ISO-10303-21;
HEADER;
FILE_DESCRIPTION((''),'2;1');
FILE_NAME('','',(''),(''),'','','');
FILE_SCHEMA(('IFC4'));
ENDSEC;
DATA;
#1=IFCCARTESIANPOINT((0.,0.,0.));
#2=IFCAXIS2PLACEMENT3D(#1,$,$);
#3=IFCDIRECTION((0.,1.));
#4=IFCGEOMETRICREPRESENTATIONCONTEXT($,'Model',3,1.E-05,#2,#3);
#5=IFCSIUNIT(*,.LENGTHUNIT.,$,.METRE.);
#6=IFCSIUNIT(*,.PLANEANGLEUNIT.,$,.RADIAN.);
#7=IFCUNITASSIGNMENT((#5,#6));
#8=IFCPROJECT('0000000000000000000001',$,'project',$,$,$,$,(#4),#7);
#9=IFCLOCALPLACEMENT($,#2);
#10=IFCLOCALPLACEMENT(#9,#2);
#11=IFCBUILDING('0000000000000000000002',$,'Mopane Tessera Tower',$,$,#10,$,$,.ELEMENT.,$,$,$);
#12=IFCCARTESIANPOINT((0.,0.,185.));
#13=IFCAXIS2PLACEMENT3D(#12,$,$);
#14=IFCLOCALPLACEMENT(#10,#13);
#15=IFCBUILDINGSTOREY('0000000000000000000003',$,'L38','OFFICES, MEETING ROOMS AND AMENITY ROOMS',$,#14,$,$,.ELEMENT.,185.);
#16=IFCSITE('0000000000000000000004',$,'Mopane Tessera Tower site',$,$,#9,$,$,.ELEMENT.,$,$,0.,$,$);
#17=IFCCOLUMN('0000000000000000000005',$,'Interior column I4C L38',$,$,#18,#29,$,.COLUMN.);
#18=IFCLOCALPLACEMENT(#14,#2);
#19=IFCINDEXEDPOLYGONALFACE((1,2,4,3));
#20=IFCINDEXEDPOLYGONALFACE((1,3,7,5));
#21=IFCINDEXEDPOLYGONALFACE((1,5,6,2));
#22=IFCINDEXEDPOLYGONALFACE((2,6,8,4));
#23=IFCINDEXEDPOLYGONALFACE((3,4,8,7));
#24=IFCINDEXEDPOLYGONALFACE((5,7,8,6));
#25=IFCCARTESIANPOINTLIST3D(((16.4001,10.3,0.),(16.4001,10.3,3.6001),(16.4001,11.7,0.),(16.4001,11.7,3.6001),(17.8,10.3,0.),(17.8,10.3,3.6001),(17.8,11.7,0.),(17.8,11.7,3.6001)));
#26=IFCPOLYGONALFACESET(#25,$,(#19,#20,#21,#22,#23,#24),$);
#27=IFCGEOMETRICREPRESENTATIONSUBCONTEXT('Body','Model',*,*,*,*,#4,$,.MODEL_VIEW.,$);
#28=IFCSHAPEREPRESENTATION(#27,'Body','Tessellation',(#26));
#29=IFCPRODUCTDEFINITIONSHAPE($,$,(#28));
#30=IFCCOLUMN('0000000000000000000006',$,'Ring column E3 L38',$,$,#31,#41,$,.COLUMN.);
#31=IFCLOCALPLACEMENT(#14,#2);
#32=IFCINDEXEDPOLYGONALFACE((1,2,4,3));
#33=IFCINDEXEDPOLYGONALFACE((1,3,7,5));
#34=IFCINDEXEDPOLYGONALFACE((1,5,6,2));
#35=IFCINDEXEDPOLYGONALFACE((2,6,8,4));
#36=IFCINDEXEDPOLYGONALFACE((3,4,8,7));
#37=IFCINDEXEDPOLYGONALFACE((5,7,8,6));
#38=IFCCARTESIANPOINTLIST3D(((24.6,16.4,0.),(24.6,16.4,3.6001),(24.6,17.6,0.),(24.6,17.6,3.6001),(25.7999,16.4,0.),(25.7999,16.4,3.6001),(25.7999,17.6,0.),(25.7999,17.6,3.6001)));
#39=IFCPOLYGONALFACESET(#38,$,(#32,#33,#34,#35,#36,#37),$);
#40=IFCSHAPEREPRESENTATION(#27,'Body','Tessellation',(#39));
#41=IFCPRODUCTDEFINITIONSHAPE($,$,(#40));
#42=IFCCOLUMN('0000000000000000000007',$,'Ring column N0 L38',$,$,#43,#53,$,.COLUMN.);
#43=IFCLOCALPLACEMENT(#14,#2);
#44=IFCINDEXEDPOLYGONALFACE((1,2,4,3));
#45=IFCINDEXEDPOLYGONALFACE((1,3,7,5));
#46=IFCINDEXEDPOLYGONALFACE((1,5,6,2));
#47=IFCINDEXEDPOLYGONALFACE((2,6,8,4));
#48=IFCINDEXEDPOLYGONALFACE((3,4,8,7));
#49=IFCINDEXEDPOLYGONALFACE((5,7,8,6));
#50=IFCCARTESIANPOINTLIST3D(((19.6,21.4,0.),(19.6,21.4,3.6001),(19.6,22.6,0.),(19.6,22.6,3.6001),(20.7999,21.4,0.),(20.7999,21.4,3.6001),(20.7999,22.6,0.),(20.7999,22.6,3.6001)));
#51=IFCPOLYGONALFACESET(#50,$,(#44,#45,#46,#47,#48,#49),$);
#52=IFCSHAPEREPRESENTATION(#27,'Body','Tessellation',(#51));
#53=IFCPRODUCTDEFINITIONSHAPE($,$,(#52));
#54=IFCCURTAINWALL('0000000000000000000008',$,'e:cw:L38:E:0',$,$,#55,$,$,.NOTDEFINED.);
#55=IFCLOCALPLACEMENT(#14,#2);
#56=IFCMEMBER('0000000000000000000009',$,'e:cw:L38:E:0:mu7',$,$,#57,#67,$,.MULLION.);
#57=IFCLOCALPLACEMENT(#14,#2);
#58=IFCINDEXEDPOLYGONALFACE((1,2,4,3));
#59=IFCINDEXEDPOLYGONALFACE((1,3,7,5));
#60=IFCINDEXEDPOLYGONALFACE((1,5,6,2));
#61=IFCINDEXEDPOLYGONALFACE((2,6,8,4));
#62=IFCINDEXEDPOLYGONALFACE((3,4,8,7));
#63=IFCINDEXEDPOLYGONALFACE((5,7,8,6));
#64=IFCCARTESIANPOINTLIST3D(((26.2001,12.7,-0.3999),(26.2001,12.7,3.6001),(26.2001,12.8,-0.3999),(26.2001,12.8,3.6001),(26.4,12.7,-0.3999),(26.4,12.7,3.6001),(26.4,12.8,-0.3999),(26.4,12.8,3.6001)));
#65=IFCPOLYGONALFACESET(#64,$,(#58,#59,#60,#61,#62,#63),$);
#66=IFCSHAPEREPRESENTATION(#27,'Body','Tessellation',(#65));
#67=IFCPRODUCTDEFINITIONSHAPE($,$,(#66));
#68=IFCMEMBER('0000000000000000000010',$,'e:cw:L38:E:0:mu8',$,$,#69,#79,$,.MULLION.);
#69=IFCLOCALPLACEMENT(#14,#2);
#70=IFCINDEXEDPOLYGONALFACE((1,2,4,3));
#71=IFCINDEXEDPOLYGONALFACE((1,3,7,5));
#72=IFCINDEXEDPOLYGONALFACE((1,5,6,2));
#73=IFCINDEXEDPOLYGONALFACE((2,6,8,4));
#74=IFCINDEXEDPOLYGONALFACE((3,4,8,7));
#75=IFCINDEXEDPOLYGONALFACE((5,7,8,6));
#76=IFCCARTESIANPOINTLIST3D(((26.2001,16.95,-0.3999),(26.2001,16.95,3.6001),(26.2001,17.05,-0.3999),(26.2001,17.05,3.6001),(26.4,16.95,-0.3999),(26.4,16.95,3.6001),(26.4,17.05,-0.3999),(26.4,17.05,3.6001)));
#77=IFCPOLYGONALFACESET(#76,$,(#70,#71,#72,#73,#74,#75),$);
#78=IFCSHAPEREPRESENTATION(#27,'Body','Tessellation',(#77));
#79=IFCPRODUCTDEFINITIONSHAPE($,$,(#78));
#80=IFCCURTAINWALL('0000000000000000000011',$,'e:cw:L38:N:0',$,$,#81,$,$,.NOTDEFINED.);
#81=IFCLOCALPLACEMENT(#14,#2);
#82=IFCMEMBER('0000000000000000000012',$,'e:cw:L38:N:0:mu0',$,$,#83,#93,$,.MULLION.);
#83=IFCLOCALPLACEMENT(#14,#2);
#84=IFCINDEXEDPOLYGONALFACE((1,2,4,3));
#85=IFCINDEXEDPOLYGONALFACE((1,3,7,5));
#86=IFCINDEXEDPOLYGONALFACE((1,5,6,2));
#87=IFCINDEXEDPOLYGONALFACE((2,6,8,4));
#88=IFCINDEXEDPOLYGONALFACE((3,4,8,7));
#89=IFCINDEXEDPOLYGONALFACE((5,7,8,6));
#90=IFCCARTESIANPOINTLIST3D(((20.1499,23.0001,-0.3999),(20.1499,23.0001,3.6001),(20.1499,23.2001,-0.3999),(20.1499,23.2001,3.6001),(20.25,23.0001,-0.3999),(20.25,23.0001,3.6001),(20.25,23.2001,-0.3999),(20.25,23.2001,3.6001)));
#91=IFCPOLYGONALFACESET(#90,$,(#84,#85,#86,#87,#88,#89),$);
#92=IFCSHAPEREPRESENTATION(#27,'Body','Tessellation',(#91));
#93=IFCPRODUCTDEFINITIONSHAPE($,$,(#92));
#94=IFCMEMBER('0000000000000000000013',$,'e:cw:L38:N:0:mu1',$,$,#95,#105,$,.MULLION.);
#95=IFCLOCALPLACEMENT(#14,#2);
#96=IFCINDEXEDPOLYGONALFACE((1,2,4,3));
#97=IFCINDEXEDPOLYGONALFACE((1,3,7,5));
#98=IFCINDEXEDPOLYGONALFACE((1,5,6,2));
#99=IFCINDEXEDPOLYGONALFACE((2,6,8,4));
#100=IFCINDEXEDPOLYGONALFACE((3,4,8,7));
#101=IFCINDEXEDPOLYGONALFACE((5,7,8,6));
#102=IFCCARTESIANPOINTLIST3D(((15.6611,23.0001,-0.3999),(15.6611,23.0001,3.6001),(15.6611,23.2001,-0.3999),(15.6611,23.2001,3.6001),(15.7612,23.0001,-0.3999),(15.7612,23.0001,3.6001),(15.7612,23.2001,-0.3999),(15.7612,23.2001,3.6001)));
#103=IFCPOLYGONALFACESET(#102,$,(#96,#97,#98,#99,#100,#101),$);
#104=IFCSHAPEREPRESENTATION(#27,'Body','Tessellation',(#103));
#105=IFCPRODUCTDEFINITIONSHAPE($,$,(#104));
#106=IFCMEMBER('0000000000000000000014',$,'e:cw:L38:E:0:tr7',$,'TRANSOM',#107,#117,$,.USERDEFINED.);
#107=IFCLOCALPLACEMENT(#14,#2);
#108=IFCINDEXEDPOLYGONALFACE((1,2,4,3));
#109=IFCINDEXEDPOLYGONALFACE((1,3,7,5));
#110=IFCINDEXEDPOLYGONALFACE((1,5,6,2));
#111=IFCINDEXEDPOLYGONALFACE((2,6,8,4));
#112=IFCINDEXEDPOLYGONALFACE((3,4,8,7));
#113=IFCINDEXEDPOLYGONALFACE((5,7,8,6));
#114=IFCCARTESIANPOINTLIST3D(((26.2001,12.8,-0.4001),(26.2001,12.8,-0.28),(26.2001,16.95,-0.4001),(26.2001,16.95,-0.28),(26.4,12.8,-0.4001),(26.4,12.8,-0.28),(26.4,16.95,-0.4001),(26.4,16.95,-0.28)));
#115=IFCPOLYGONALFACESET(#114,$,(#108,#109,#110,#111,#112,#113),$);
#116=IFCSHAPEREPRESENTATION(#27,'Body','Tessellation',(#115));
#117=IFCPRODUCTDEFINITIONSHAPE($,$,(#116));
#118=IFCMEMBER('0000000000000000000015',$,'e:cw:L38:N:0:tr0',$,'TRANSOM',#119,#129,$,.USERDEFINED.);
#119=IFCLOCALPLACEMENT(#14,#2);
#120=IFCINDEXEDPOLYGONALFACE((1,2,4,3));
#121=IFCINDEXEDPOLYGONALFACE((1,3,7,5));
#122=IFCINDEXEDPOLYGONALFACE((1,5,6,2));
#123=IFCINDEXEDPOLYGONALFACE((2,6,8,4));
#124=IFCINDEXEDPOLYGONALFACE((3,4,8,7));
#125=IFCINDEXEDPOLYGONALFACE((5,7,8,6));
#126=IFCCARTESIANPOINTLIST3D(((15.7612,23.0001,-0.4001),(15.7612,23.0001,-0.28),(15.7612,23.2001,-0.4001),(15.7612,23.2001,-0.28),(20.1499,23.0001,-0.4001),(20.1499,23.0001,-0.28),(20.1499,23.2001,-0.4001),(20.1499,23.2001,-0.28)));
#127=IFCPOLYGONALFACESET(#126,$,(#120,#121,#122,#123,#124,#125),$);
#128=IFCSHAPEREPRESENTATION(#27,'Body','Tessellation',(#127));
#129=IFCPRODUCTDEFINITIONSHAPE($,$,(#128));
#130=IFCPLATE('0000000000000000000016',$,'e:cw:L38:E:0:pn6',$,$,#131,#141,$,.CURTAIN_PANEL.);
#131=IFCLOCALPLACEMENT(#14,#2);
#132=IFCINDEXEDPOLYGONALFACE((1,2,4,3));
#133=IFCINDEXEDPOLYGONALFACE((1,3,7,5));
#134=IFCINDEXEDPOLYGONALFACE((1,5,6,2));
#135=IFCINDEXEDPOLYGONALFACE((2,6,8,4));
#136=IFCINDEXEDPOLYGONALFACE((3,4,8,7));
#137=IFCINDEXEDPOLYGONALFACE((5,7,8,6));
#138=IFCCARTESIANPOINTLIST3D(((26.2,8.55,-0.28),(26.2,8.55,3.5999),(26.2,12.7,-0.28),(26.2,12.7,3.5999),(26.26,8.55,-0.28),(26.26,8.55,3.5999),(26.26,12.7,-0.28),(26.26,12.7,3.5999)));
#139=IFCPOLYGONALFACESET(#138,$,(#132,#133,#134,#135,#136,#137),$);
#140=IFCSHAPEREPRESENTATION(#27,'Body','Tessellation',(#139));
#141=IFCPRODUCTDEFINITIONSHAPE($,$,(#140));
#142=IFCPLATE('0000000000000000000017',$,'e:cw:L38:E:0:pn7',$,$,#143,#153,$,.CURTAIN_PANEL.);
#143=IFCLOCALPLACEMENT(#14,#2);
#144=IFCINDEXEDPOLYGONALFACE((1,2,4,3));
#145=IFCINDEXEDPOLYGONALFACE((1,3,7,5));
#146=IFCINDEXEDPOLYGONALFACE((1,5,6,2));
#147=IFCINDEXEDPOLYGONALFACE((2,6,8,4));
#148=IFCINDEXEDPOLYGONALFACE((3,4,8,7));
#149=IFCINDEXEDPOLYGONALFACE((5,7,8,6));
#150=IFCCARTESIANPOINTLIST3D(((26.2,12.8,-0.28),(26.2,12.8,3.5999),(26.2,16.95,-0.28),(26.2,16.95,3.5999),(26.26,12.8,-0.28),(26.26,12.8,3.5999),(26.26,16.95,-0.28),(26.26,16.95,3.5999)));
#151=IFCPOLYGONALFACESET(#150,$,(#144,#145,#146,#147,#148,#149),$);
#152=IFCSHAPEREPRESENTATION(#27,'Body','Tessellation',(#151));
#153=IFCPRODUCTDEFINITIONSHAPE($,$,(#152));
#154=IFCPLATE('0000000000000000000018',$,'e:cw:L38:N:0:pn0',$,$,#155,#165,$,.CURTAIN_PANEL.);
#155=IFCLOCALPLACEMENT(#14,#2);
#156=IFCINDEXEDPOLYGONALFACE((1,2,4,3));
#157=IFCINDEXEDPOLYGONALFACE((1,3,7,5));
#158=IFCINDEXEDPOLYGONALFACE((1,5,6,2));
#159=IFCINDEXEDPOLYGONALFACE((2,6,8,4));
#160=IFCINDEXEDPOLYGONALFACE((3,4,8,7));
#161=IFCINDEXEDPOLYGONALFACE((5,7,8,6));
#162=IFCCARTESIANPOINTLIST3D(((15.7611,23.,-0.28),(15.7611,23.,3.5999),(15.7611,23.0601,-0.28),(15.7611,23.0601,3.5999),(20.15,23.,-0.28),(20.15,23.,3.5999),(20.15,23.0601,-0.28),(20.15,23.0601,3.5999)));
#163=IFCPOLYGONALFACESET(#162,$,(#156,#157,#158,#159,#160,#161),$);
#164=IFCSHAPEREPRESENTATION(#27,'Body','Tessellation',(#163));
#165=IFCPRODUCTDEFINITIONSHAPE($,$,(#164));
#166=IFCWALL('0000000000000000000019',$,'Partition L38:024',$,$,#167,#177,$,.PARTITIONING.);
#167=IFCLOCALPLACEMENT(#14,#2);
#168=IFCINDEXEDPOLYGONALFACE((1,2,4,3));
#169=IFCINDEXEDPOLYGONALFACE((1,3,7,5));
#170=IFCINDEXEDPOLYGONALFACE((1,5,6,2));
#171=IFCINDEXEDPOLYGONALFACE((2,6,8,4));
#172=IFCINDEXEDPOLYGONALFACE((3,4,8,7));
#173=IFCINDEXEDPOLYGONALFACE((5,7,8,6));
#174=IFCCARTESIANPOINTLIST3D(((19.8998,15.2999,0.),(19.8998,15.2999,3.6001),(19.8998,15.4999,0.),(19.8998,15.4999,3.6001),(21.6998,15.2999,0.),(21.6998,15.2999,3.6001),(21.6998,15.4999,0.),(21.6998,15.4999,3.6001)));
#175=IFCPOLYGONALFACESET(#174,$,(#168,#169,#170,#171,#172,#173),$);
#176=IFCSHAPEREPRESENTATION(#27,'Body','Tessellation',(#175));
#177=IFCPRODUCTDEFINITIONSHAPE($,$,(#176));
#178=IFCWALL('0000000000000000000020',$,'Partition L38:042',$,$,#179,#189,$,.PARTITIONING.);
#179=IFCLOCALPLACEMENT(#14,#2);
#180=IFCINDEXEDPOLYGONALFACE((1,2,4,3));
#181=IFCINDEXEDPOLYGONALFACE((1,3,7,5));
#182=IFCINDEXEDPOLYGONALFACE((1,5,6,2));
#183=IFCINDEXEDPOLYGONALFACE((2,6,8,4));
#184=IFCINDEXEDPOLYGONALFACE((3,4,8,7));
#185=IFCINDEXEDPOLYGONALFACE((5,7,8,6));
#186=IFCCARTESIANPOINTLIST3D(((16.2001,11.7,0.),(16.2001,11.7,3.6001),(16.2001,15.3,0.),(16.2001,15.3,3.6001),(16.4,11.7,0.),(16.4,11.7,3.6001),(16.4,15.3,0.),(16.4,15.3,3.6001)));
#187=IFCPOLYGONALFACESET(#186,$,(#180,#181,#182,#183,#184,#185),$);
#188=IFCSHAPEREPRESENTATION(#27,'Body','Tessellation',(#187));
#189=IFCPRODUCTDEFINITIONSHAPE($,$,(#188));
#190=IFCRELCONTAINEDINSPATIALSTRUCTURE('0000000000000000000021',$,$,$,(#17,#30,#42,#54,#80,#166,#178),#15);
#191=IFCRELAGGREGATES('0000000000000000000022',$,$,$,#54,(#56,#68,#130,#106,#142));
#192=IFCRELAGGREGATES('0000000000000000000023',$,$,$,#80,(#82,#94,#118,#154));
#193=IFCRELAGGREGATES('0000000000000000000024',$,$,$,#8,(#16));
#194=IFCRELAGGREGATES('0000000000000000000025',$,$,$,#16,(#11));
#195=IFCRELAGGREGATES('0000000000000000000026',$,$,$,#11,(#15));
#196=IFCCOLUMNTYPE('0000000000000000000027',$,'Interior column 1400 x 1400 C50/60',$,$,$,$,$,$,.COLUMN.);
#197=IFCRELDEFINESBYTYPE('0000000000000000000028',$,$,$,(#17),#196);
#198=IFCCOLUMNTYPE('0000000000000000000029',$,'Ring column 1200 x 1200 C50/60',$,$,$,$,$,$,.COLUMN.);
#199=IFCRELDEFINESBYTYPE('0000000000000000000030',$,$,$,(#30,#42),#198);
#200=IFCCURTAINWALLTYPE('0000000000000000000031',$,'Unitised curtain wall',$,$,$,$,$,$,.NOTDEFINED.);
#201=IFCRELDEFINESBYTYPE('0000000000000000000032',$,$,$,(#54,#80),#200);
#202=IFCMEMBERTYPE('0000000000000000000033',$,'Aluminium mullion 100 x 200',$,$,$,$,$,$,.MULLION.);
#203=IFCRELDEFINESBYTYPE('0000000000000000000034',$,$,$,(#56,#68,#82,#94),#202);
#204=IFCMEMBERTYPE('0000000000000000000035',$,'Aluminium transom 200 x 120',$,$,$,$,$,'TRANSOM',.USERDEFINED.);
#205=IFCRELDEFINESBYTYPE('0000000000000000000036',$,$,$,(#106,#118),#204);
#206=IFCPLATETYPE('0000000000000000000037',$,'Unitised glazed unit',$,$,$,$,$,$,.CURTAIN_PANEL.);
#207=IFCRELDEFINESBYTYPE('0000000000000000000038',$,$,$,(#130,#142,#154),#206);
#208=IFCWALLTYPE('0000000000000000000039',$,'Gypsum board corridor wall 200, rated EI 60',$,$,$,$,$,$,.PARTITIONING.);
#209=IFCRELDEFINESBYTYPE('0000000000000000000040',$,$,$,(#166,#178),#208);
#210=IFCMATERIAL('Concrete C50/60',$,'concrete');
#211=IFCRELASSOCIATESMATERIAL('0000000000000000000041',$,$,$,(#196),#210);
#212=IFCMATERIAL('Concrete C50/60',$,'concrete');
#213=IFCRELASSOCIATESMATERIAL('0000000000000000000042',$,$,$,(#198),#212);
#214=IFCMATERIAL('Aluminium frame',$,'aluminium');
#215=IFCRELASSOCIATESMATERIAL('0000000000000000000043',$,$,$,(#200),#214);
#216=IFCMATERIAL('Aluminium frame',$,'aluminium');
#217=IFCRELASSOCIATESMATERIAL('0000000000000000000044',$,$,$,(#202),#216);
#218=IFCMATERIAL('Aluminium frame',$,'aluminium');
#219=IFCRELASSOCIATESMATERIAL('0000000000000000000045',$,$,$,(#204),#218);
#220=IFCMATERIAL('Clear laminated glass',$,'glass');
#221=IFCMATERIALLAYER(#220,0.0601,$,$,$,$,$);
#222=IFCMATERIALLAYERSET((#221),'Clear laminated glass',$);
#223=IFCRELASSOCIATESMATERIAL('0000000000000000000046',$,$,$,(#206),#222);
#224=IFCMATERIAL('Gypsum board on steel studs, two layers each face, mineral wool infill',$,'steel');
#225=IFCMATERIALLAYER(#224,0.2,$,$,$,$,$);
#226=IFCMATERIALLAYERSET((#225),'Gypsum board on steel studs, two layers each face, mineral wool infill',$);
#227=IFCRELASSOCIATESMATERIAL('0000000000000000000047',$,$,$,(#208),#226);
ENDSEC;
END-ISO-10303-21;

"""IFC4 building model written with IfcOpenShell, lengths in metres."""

from ifc_helpers import new_model, si_unit, direction, frame, frame_2d, origin, origin_2d, place, context, subcontext, project, spatial, rectangle, extrude, material, layer, layer_set, material_profile, profile_set, type_object, element, aggregate, save


model = new_model("IFC4")

# Units and contexts
model_context = context("Model", 3, precision=1e-05, world=origin(), true_north=direction((0.0, 1.0)))
body_context = subcontext(model_context, "Body", "Model", "MODEL_VIEW")
ifc_project = project(units=[si_unit("LENGTHUNIT", "METRE"), si_unit("PLANEANGLEUNIT", "RADIAN")], contexts=[model_context])

# Site, building, storey
site_placement = place(None, origin())
site = spatial("IfcSite", under=ifc_project, at=site_placement, Name="Mopane Tessera Tower site", CompositionType="ELEMENT", RefElevation=0.0)
building_placement = place(site_placement, origin())
building = spatial("IfcBuilding", under=site, at=building_placement, Name="Mopane Tessera Tower", CompositionType="ELEMENT")
storey_placement = place(building_placement, frame((0.0, 0.0, 185.0)))
storey = spatial("IfcBuildingStorey", under=building, at=storey_placement, Name="L38", Description="OFFICES, MEETING ROOMS AND AMENITY ROOMS", CompositionType="ELEMENT", Elevation=185.0)

# Columns
ifc_material_1 = material(Name="Concrete C50/60", Category="concrete")
ifc_material_profile_1 = material_profile(ifc_material_1, rectangle(XDim=1.3999, YDim=1.3999, at=origin_2d()))
ifc_profile_set_1 = profile_set([ifc_material_profile_1], Name="Concrete C50/60")
column_type_1 = type_object("IfcColumnType", Name="Interior column 1400 x 1400 C50/60", PredefinedType="COLUMN", material=ifc_profile_set_1)
column_placement = place(storey_placement, frame((17.1001, 11.0, 0.0), z_axis=(0.0, 0.0, 1.0), x_axis=(1.0, 0.0, 0.0)))
element("IfcColumn", 1, at=column_placement, inside=storey, type_object=column_type_1, Name="Interior column I4C L38", PredefinedType="COLUMN", context=body_context, shape_type="SweptSolid", body=[
    extrude(rectangle(XDim=1.3999, YDim=1.3999, at=origin_2d()), origin(), (0.0, 0.0, 1.0), 3.6001),
])
ifc_material_2 = material(Name="Concrete C50/60", Category="concrete")
ifc_material_profile_2 = material_profile(ifc_material_2, rectangle(XDim=1.2, YDim=1.2, at=origin_2d()))
ifc_profile_set_2 = profile_set([ifc_material_profile_2], Name="Concrete C50/60")
column_type_2 = type_object("IfcColumnType", Name="Ring column 1200 x 1200 C50/60", PredefinedType="COLUMN", material=ifc_profile_set_2)
for number, where, z_axis, x_axis, name in (
    (2, (25.2, 17.0, 0.0), (0.0, 0.0, 1.0), (1.0, 0.0, 0.0), "Ring column E3 L38"),
    (3, (20.2, 22.0, 0.0), (0.0, 0.0, 1.0), (1.0, 0.0, 0.0), "Ring column N0 L38"),
):
    element("IfcColumn", number, at=place(storey_placement, frame(where, z_axis=z_axis, x_axis=x_axis)), inside=storey, type_object=column_type_2, Name=name, PredefinedType="COLUMN", context=body_context, shape_type="SweptSolid", body=[
        extrude(rectangle(XDim=1.2, YDim=1.2, at=origin_2d()), origin(), (0.0, 0.0, 1.0), 3.6001),
    ])

# Curtain walls, members
ifc_material_3 = material(Name="Aluminium frame", Category="aluminium")
curtain_wall_type = type_object("IfcCurtainWallType", Name="Unitised curtain wall", PredefinedType="NOTDEFINED", material=ifc_material_3)
curtain_wall_1_placement = place(storey_placement, origin())
curtain_wall_1 = element("IfcCurtainWall", 4, at=curtain_wall_1_placement, inside=storey, type_object=curtain_wall_type, Name="e:cw:L38:E:0", PredefinedType="NOTDEFINED")
ifc_material_4 = material(Name="Aluminium frame", Category="aluminium")
ifc_material_profile_3 = material_profile(ifc_material_4, rectangle(XDim=0.1001, YDim=0.2, at=origin_2d()))
ifc_profile_set_3 = profile_set([ifc_material_profile_3], Name="Aluminium frame")
member_type_1 = type_object("IfcMemberType", Name="Aluminium mullion 100 x 200", PredefinedType="MULLION", material=ifc_profile_set_3)
member_1_placement = place(storey_placement, frame((26.3, 12.75, -0.3999), z_axis=(0.0, 0.0, 1.0), x_axis=(0.0, 1.0, 0.0)))
member_1 = element("IfcMember", 5, at=member_1_placement, type_object=member_type_1, Name="e:cw:L38:E:0:mu7", PredefinedType="MULLION", context=body_context, shape_type="SweptSolid", body=[
    extrude(rectangle(XDim=0.1001, YDim=0.2, at=origin_2d()), origin(), (0.0, 0.0, 1.0), 4.0),
])
member_2_placement = place(storey_placement, frame((26.3, 17.0, -0.3999), z_axis=(0.0, 0.0, 1.0), x_axis=(0.0, 1.0, 0.0)))
member_2 = element("IfcMember", 6, at=member_2_placement, type_object=member_type_1, Name="e:cw:L38:E:0:mu8", PredefinedType="MULLION", context=body_context, shape_type="SweptSolid", body=[
    extrude(rectangle(XDim=0.1001, YDim=0.2, at=origin_2d()), origin(), (0.0, 0.0, 1.0), 4.0),
])
curtain_wall_2_placement = place(storey_placement, origin())
curtain_wall_2 = element("IfcCurtainWall", 7, at=curtain_wall_2_placement, inside=storey, type_object=curtain_wall_type, Name="e:cw:L38:N:0", PredefinedType="NOTDEFINED")
member_3_placement = place(storey_placement, frame((20.2, 23.1001, -0.3999), z_axis=(0.0, 0.0, 1.0), x_axis=(-1.0, 0.0, 0.0)))
member_3 = element("IfcMember", 8, at=member_3_placement, type_object=member_type_1, Name="e:cw:L38:N:0:mu0", PredefinedType="MULLION", context=body_context, shape_type="SweptSolid", body=[
    extrude(rectangle(XDim=0.1001, YDim=0.2, at=origin_2d()), origin(), (0.0, 0.0, 1.0), 4.0),
])
member_4_placement = place(storey_placement, frame((15.7112, 23.1001, -0.3999), z_axis=(0.0, 0.0, 1.0), x_axis=(-1.0, 0.0, 0.0)))
member_4 = element("IfcMember", 9, at=member_4_placement, type_object=member_type_1, Name="e:cw:L38:N:0:mu1", PredefinedType="MULLION", context=body_context, shape_type="SweptSolid", body=[
    extrude(rectangle(XDim=0.1001, YDim=0.2, at=origin_2d()), origin(), (0.0, 0.0, 1.0), 4.0),
])

# Members
ifc_material_5 = material(Name="Aluminium frame", Category="aluminium")
ifc_material_profile_4 = material_profile(ifc_material_5, rectangle(XDim=0.2, YDim=0.1201, at=origin_2d()))
ifc_profile_set_4 = profile_set([ifc_material_profile_4], Name="Aluminium frame")
member_type_2 = type_object("IfcMemberType", Name="Aluminium transom 200 x 120", ElementType="TRANSOM", PredefinedType="USERDEFINED", material=ifc_profile_set_4)
member_5_placement = place(storey_placement, frame((26.3, 12.8, -0.3401), z_axis=(0.0, 1.0, 0.0), x_axis=(-1.0, 0.0, 0.0)))
member_5 = element("IfcMember", 10, at=member_5_placement, type_object=member_type_2, Name="e:cw:L38:E:0:tr7", ObjectType="TRANSOM", PredefinedType="USERDEFINED", context=body_context, shape_type="SweptSolid", body=[
    extrude(rectangle(XDim=0.2, YDim=0.1201, at=origin_2d()), origin(), (0.0, 0.0, 1.0), 4.1499),
])
member_6_placement = place(storey_placement, frame((20.1499, 23.1001, -0.3401), z_axis=(-1.0, 0.0, 0.0), x_axis=(0.0, -1.0, 0.0)))
member_6 = element("IfcMember", 11, at=member_6_placement, type_object=member_type_2, Name="e:cw:L38:N:0:tr0", ObjectType="TRANSOM", PredefinedType="USERDEFINED", context=body_context, shape_type="SweptSolid", body=[
    extrude(rectangle(XDim=0.2, YDim=0.1201, at=origin_2d()), origin(), (0.0, 0.0, 1.0), 4.3887),
])

# Plates
ifc_material_6 = material(Name="Clear laminated glass", Category="glass")
ifc_layer_1 = layer(ifc_material_6, 0.0601)
ifc_layer_set_1 = layer_set([ifc_layer_1], Name="Clear laminated glass")
plate_type = type_object("IfcPlateType", Name="Unitised glazed unit", PredefinedType="CURTAIN_PANEL", material=ifc_layer_set_1)
plate_1_placement = place(storey_placement, frame((26.23, 10.625, -0.28), z_axis=(0.0, 0.0, 1.0), x_axis=(0.0, 1.0, 0.0)))
plate_1 = element("IfcPlate", 12, at=plate_1_placement, type_object=plate_type, Name="e:cw:L38:E:0:pn6", PredefinedType="CURTAIN_PANEL", context=body_context, shape_type="SweptSolid", body=[
    extrude(rectangle(XDim=4.1499, YDim=0.0601, at=origin_2d()), origin(), (0.0, 0.0, 1.0), 3.8799),
])
plate_2_placement = place(storey_placement, frame((26.23, 14.875, -0.28), z_axis=(0.0, 0.0, 1.0), x_axis=(0.0, 1.0, 0.0)))
plate_2 = element("IfcPlate", 13, at=plate_2_placement, type_object=plate_type, Name="e:cw:L38:E:0:pn7", PredefinedType="CURTAIN_PANEL", context=body_context, shape_type="SweptSolid", body=[
    extrude(rectangle(XDim=4.1499, YDim=0.0601, at=origin_2d()), origin(), (0.0, 0.0, 1.0), 3.8799),
])
aggregate(curtain_wall_1, [member_1, member_2, plate_1, member_5, plate_2])
plate_3_placement = place(storey_placement, frame((17.9556, 23.03, -0.28), z_axis=(0.0, 0.0, 1.0), x_axis=(-1.0, 0.0, 0.0)))
plate_3 = element("IfcPlate", 14, at=plate_3_placement, type_object=plate_type, Name="e:cw:L38:N:0:pn0", PredefinedType="CURTAIN_PANEL", context=body_context, shape_type="SweptSolid", body=[
    extrude(rectangle(XDim=4.3889, YDim=0.0601, at=origin_2d()), origin(), (0.0, 0.0, 1.0), 3.8799),
])
aggregate(curtain_wall_2, [member_3, member_4, member_6, plate_3])

# Walls
ifc_material_7 = material(Name="Gypsum board on steel studs, two layers each face, mineral wool infill", Category="steel")
ifc_layer_2 = layer(ifc_material_7, 0.2)
ifc_layer_set_2 = layer_set([ifc_layer_2], Name="Gypsum board on steel studs, two layers each face, mineral wool infill")
wall_type_1 = type_object("IfcWallType", Name="Gypsum board corridor wall 200, rated EI 60", PredefinedType="PARTITIONING", material=ifc_layer_set_2)
wall_1_placement = place(storey_placement, frame((19.8999, 15.3999, 0.0), z_axis=(0.0, 0.0, 1.0), x_axis=(1.0, 0.0, 0.0)))
element("IfcWall", 15, at=wall_1_placement, inside=storey, type_object=wall_type_1, Name="Partition L38:024", PredefinedType="PARTITIONING", context=body_context, shape_type="SweptSolid", body=[
    extrude(rectangle(XDim=1.8, YDim=0.2, at=frame_2d((0.8999, 0.0))), origin(), (0.0, 0.0, 1.0), 3.6001),
])
wall_2_placement = place(storey_placement, frame((16.3, 11.7, 0.0), z_axis=(0.0, 0.0, 1.0), x_axis=(0.0, 1.0, 0.0)))
element("IfcWall", 16, at=wall_2_placement, inside=storey, type_object=wall_type_1, Name="Partition L38:042", PredefinedType="PARTITIONING", context=body_context, shape_type="SweptSolid", body=[
    extrude(rectangle(XDim=3.6001, YDim=0.2, at=frame_2d((1.8, 0.0))), origin(), (0.0, 0.0, 1.0), 3.6001),
])

save(model, "model.ifc")
